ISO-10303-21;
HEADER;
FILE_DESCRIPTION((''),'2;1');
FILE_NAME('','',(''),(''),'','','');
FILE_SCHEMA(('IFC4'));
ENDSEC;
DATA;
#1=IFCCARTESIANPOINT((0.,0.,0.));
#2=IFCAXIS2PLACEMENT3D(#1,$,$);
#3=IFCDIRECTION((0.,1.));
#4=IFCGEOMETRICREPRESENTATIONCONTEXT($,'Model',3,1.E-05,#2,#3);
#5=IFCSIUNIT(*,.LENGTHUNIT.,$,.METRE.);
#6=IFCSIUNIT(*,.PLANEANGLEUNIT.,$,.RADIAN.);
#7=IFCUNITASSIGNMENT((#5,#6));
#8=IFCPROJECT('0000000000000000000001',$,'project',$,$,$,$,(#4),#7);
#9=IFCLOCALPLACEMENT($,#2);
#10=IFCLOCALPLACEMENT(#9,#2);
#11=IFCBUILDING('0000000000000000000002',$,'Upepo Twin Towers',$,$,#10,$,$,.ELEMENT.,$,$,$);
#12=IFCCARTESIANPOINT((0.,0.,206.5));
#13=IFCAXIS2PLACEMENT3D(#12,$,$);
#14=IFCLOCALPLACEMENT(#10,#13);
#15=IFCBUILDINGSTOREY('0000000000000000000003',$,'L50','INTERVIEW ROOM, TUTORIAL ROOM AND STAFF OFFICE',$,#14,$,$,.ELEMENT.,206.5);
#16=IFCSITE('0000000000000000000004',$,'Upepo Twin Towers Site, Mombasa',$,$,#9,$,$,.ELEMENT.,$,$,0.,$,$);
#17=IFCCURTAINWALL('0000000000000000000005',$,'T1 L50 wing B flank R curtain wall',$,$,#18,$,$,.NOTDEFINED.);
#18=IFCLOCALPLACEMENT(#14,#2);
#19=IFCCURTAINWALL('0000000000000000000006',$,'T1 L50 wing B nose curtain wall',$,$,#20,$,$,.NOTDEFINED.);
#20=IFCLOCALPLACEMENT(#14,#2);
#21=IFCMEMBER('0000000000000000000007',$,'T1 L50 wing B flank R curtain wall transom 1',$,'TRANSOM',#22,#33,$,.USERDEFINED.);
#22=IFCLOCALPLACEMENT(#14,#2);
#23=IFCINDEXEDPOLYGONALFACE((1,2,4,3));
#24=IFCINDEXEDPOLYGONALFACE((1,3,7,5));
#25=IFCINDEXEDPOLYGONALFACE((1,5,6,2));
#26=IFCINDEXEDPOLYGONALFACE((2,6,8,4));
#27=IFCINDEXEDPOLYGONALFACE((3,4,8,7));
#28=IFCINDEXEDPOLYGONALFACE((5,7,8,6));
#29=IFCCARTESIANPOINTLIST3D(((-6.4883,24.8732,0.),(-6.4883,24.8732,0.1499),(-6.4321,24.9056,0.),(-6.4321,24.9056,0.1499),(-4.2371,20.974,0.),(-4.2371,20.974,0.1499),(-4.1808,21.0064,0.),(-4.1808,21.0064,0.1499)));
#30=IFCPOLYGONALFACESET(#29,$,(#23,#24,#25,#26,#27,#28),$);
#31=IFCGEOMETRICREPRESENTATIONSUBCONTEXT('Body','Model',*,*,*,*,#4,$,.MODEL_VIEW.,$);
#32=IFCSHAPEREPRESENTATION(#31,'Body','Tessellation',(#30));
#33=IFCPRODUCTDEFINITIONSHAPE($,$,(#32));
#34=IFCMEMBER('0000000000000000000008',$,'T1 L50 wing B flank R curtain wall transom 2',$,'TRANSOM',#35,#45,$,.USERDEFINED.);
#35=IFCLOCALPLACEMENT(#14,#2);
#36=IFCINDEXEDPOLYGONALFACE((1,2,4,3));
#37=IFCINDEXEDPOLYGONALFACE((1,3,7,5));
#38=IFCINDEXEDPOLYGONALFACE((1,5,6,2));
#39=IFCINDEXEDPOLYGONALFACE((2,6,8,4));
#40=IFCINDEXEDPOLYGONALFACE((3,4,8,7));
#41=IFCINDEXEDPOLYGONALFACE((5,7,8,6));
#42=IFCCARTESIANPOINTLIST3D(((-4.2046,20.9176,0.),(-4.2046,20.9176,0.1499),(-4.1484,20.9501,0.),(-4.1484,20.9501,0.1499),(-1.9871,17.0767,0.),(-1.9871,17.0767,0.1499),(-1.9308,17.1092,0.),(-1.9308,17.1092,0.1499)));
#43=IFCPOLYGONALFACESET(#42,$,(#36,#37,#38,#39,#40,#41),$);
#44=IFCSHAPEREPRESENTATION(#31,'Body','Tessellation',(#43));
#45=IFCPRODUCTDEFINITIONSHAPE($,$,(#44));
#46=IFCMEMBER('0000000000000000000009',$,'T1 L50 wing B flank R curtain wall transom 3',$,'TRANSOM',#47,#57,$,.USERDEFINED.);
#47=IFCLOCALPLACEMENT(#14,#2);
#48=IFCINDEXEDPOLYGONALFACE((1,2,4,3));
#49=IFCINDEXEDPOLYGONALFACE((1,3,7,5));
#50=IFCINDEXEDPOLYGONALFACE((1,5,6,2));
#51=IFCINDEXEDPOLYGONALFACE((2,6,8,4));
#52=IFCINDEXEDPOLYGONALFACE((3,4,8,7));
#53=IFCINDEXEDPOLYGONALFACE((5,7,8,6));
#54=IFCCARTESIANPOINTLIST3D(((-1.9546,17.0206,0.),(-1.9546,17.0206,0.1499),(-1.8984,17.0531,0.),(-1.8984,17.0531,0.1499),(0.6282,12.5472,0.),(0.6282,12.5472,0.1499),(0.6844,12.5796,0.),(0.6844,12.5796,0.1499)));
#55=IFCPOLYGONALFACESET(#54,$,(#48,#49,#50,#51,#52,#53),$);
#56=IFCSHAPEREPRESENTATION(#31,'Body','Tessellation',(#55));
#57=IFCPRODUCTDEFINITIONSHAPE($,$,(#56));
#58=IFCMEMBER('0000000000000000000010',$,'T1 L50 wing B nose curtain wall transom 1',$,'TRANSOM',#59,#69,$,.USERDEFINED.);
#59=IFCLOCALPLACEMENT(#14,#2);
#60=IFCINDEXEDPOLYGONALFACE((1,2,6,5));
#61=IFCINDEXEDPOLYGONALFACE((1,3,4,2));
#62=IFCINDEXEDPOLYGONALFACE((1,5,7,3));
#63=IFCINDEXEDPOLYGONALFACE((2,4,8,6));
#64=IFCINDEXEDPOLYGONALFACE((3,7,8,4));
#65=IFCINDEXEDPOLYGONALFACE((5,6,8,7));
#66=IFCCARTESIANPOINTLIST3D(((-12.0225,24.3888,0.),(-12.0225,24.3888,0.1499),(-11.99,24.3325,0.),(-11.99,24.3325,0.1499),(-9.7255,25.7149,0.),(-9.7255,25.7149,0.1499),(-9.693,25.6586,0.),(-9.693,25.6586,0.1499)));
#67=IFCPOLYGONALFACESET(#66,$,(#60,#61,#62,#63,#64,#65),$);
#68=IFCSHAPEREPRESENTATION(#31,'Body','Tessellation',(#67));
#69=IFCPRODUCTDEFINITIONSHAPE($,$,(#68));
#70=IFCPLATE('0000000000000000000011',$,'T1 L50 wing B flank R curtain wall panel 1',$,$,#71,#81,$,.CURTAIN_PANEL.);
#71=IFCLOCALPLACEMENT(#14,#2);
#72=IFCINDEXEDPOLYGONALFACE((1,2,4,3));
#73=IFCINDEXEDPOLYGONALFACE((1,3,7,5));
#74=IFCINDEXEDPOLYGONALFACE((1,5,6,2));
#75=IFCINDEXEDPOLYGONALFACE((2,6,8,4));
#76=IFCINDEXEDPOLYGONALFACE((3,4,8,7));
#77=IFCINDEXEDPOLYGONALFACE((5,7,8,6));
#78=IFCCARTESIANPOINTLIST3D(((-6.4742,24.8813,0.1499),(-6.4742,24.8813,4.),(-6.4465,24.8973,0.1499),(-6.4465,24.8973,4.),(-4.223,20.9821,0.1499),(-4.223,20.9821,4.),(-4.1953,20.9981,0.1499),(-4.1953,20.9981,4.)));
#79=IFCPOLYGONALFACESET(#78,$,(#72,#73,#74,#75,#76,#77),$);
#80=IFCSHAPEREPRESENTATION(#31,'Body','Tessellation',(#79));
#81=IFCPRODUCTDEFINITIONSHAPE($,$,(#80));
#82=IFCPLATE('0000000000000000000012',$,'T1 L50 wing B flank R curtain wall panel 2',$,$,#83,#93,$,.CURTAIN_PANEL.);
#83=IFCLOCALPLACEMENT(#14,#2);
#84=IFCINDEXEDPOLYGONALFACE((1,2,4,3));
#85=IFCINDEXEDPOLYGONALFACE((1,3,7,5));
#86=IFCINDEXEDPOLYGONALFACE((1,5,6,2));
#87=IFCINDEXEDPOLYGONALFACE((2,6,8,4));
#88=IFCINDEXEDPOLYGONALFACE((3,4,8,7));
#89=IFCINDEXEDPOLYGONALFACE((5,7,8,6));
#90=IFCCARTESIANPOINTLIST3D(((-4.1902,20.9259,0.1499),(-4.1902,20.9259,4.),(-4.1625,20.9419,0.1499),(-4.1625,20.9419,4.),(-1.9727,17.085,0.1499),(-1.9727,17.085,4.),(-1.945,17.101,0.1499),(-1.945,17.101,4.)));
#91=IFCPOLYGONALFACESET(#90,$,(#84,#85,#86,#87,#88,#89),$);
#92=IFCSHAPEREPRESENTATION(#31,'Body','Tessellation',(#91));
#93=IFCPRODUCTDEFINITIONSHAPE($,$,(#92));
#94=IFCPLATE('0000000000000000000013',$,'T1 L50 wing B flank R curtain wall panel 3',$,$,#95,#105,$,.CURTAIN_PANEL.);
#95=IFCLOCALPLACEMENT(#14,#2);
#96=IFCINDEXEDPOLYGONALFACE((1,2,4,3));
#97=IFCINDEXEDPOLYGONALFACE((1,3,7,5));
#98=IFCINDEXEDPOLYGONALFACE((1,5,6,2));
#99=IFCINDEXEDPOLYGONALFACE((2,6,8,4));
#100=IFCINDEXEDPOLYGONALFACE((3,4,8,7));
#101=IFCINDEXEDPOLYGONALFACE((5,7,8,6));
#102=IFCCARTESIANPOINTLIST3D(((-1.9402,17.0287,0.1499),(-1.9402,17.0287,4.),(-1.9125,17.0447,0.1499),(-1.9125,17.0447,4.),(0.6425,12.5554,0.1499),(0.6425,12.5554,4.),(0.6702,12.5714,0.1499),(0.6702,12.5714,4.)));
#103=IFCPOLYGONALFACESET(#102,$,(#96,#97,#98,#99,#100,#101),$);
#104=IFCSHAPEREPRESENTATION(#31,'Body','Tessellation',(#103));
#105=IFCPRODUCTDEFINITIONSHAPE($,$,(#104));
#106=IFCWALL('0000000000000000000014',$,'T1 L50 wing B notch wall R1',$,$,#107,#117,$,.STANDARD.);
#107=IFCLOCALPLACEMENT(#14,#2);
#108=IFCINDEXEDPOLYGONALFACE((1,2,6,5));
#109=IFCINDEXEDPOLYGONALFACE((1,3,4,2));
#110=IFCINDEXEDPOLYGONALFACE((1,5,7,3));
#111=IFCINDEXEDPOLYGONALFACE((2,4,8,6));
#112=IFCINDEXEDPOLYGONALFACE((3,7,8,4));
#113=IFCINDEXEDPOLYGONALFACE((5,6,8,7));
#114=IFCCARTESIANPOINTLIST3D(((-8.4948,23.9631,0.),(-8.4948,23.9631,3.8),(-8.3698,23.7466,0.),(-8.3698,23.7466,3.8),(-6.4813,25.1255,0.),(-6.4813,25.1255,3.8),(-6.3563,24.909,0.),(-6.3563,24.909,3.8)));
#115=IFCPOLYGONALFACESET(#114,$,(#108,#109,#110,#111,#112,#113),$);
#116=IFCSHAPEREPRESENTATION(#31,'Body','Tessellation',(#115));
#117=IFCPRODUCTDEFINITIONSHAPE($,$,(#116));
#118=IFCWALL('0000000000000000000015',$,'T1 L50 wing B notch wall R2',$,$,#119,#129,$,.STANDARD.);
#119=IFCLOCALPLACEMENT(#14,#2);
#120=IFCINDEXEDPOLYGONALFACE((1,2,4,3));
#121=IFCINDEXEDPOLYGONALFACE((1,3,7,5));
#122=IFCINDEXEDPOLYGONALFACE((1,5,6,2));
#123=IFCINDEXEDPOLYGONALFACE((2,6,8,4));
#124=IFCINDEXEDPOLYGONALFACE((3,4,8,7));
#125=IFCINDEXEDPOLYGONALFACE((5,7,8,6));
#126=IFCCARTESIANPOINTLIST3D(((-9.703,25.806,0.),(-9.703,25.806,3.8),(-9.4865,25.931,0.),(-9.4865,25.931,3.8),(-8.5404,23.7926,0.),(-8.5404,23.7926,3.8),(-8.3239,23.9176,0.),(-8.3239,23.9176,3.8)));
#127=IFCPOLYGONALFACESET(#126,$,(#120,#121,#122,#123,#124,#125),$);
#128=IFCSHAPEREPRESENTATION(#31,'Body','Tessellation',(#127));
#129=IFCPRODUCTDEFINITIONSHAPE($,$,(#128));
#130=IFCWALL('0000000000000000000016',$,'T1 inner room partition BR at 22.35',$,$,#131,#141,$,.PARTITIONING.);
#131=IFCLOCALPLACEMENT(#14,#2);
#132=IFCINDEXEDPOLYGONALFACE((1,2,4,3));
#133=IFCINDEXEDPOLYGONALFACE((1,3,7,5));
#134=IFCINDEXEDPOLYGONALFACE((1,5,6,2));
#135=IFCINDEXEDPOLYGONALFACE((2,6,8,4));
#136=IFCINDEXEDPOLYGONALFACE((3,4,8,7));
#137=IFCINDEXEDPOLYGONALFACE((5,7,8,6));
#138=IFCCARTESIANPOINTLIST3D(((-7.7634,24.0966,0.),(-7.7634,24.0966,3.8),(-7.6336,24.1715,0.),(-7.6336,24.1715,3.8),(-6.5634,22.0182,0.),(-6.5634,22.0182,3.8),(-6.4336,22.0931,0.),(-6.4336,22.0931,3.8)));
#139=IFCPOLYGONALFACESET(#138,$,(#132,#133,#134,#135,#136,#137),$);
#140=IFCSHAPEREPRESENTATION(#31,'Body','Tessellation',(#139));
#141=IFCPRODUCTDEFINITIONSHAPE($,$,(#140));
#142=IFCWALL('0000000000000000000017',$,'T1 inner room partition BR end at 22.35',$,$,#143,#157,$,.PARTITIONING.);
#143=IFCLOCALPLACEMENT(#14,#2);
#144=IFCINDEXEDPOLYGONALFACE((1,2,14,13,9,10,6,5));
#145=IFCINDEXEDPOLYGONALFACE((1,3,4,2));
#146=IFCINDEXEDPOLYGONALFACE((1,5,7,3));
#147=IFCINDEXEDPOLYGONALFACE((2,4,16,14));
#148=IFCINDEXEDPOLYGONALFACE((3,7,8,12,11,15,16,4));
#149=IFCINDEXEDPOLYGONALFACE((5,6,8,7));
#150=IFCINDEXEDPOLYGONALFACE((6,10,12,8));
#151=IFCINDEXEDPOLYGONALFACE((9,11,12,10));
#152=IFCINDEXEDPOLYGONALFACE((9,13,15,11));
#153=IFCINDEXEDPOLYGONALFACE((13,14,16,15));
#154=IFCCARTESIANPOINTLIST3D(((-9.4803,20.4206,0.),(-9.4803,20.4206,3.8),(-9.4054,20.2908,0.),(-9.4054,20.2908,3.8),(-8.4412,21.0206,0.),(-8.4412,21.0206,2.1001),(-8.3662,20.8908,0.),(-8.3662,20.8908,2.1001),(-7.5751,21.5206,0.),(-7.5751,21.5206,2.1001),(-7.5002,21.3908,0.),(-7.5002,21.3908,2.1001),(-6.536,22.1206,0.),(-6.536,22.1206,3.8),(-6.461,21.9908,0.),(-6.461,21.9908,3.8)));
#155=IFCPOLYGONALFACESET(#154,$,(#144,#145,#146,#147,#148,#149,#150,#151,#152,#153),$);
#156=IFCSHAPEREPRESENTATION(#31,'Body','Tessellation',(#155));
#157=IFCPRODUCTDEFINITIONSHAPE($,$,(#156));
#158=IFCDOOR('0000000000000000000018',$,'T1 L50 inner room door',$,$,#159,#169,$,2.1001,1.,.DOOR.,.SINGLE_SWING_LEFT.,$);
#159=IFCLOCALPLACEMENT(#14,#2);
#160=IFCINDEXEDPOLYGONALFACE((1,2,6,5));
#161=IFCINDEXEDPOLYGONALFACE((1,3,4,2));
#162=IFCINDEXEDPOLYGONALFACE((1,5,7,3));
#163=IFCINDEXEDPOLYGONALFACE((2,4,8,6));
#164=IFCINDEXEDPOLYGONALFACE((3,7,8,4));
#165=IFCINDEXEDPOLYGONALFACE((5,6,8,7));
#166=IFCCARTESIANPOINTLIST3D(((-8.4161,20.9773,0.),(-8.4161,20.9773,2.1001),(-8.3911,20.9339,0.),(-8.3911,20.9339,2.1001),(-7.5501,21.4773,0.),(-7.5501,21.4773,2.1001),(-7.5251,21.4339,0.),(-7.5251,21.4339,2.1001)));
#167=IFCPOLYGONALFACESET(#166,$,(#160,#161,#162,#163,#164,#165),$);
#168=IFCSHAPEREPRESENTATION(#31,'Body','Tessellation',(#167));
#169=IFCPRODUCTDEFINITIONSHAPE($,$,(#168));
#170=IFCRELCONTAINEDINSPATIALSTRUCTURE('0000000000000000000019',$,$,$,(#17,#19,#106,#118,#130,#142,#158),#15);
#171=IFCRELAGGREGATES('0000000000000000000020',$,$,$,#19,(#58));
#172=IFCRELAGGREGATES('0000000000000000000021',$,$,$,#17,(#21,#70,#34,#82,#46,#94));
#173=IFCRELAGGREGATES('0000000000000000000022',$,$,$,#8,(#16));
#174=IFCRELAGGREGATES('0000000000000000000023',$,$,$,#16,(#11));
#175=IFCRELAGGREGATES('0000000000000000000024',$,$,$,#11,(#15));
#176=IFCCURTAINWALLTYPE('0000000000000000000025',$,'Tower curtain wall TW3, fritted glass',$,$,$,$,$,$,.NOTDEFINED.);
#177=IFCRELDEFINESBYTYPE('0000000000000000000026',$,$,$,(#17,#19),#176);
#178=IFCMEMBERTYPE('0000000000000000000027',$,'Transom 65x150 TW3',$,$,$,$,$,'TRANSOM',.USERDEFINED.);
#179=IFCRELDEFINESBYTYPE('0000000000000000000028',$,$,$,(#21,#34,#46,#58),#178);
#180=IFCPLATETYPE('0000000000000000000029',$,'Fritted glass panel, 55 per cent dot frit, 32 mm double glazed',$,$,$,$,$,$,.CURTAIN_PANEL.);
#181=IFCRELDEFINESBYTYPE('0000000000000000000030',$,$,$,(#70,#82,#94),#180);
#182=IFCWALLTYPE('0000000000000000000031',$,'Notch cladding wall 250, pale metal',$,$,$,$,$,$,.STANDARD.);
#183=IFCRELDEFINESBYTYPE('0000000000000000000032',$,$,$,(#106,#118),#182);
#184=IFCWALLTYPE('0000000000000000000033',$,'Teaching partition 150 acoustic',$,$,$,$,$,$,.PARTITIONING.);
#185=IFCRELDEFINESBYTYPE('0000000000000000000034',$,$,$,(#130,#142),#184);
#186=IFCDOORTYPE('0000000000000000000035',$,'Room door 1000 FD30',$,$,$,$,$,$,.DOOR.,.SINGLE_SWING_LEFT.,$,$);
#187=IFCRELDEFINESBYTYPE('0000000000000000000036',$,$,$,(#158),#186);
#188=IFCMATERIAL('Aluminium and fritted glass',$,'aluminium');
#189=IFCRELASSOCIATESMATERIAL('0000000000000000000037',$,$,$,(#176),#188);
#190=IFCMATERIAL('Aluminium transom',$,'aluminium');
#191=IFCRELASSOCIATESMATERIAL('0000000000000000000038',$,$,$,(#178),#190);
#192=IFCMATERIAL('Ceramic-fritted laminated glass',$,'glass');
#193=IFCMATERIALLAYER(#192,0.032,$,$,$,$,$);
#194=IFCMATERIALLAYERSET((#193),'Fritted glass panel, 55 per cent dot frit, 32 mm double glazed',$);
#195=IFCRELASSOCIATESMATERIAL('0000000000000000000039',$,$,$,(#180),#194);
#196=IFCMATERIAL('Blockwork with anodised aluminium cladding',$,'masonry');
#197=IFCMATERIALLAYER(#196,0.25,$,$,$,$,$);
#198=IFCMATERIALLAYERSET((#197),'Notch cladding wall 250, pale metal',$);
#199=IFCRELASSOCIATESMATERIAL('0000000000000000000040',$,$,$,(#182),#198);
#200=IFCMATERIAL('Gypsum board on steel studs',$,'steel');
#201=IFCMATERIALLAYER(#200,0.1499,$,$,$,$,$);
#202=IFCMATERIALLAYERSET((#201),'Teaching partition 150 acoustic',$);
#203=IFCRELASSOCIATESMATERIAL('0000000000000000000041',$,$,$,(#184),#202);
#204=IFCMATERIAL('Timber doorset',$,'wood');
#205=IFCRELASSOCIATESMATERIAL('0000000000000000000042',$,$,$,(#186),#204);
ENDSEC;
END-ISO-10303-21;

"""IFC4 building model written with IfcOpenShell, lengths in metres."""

from ifc_helpers import new_model, si_unit, direction, frame, frame_2d, origin, origin_2d, place, context, subcontext, project, spatial, rectangle, extrude, material, layer, layer_set, material_profile, profile_set, type_object, element, fill, aggregate, save


model = new_model("IFC4")

# Units and contexts
model_context = context("Model", 3, precision=1e-05, world=origin(), true_north=direction((0.0, 1.0)))
body_context = subcontext(model_context, "Body", "Model", "MODEL_VIEW")
ifc_project = project(units=[si_unit("LENGTHUNIT", "METRE"), si_unit("PLANEANGLEUNIT", "RADIAN")], contexts=[model_context])

# Site, building, storey
site_placement = place(None, origin())
site = spatial("IfcSite", under=ifc_project, at=site_placement, Name="Upepo Twin Towers Site, Mombasa", CompositionType="ELEMENT", RefElevation=0.0)
building_placement = place(site_placement, origin())
building = spatial("IfcBuilding", under=site, at=building_placement, Name="Upepo Twin Towers", CompositionType="ELEMENT")
storey_placement = place(building_placement, frame((0.0, 0.0, 206.5)))
storey = spatial("IfcBuildingStorey", under=building, at=storey_placement, Name="L50", Description="INTERVIEW ROOM, TUTORIAL ROOM AND STAFF OFFICE", CompositionType="ELEMENT", Elevation=206.5)

# Curtain wall
ifc_material_1 = material(Name="Aluminium and fritted glass", Category="aluminium")
curtain_wall_type = type_object("IfcCurtainWallType", Name="Tower curtain wall TW3, fritted glass", PredefinedType="NOTDEFINED", material=ifc_material_1)
curtain_wall_1_placement = place(storey_placement, origin())
curtain_wall_1 = element("IfcCurtainWall", 1, at=curtain_wall_1_placement, inside=storey, type_object=curtain_wall_type, Name="T1 L50 wing B flank R curtain wall", PredefinedType="NOTDEFINED")

# Curtain wall
curtain_wall_2_placement = place(storey_placement, origin())
curtain_wall_2 = element("IfcCurtainWall", 2, at=curtain_wall_2_placement, inside=storey, type_object=curtain_wall_type, Name="T1 L50 wing B nose curtain wall", PredefinedType="NOTDEFINED")

# Members
ifc_material_2 = material(Name="Aluminium transom", Category="aluminium")
ifc_material_profile_1 = material_profile(ifc_material_2, rectangle(XDim=0.0649, YDim=0.1499, at=origin_2d()), Name="TRANSOM 65x150")
ifc_profile_set_1 = profile_set([ifc_material_profile_1], Name="Aluminium transom")
member_type_1 = type_object("IfcMemberType", Name="Transom 65x150 TW3", ElementType="TRANSOM", PredefinedType="USERDEFINED", material=ifc_profile_set_1)
member_1_placement = place(storey_placement, frame((-6.4602, 24.8894, 0.075), z_axis=(0.500006, -0.866022, 0.0), x_axis=(0.866022, 0.500006, 0.0)))
member_1 = element("IfcMember", 3, at=member_1_placement, type_object=member_type_1, Name="T1 L50 wing B flank R curtain wall transom 1", ObjectType="TRANSOM", PredefinedType="USERDEFINED", context=body_context, shape_type="SweptSolid", body=[
    extrude(rectangle(XDim=0.0649, YDim=0.1499, at=origin_2d()), origin(), (0.0, 0.0, 1.0), 4.5024),
])
member_2_placement = place(storey_placement, frame((-4.1765, 20.9338, 0.075), z_axis=(0.500005, -0.866022, 0.0), x_axis=(0.866022, 0.500005, 0.0)))
member_2 = element("IfcMember", 4, at=member_2_placement, type_object=member_type_1, Name="T1 L50 wing B flank R curtain wall transom 2", ObjectType="TRANSOM", PredefinedType="USERDEFINED", context=body_context, shape_type="SweptSolid", body=[
    extrude(rectangle(XDim=0.0649, YDim=0.1499, at=origin_2d()), origin(), (0.0, 0.0, 1.0), 4.4351),
])
member_3_placement = place(storey_placement, frame((-1.9265, 17.0369, 0.075), z_axis=(0.500007, -0.866021, 0.0), x_axis=(0.866021, 0.500007, 0.0)))
member_3 = element("IfcMember", 5, at=member_3_placement, type_object=member_type_1, Name="T1 L50 wing B flank R curtain wall transom 3", ObjectType="TRANSOM", PredefinedType="USERDEFINED", context=body_context, shape_type="SweptSolid", body=[
    extrude(rectangle(XDim=0.0649, YDim=0.1499, at=origin_2d()), origin(), (0.0, 0.0, 1.0), 5.1655),
])
member_4_placement = place(storey_placement, frame((-9.7092, 25.6868, 0.075), z_axis=(-0.866037, -0.49998, 0.0), x_axis=(0.49998, -0.866037, 0.0)))
member_4 = element("IfcMember", 6, at=member_4_placement, type_object=member_type_1, Name="T1 L50 wing B nose curtain wall transom 1", ObjectType="TRANSOM", PredefinedType="USERDEFINED", context=body_context, shape_type="SweptSolid", body=[
    extrude(rectangle(XDim=0.0649, YDim=0.1499, at=origin_2d()), origin(), (0.0, 0.0, 1.0), 2.6523),
])
aggregate(curtain_wall_2, [member_4])

# Plates
ifc_material_3 = material(Name="Ceramic-fritted laminated glass", Category="glass")
ifc_layer_1 = layer(ifc_material_3, 0.032)
ifc_layer_set_1 = layer_set([ifc_layer_1], Name="Fritted glass panel, 55 per cent dot frit, 32 mm double glazed")
plate_type = type_object("IfcPlateType", Name="Fritted glass panel, 55 per cent dot frit, 32 mm double glazed", PredefinedType="CURTAIN_PANEL", material=ifc_layer_set_1)
plate_1_placement = place(storey_placement, frame((-5.3347, 22.9397, 0.1499), z_axis=(0.0, 0.0, 1.0), x_axis=(0.5, -0.866025, 0.0)))
plate_1 = element("IfcPlate", 7, at=plate_1_placement, type_object=plate_type, Name="T1 L50 wing B flank R curtain wall panel 1", PredefinedType="CURTAIN_PANEL", context=body_context, shape_type="SweptSolid", body=[
    extrude(rectangle(XDim=4.5024, YDim=0.032, at=origin_2d()), origin(), (0.0, 0.0, 1.0), 3.8501),
])
plate_2_placement = place(storey_placement, frame((-3.0676, 19.0134, 0.1499), z_axis=(0.0, 0.0, 1.0), x_axis=(0.5, -0.866025, 0.0)))
plate_2 = element("IfcPlate", 8, at=plate_2_placement, type_object=plate_type, Name="T1 L50 wing B flank R curtain wall panel 2", PredefinedType="CURTAIN_PANEL", context=body_context, shape_type="SweptSolid", body=[
    extrude(rectangle(XDim=4.4351, YDim=0.032, at=origin_2d()), origin(), (0.0, 0.0, 1.0), 3.8501),
])
plate_3_placement = place(storey_placement, frame((-0.635, 14.8, 0.1499), z_axis=(0.0, 0.0, 1.0), x_axis=(0.5, -0.866025, 0.0)))
plate_3 = element("IfcPlate", 9, at=plate_3_placement, type_object=plate_type, Name="T1 L50 wing B flank R curtain wall panel 3", PredefinedType="CURTAIN_PANEL", context=body_context, shape_type="SweptSolid", body=[
    extrude(rectangle(XDim=5.1653, YDim=0.032, at=origin_2d()), origin(), (0.0, 0.0, 1.0), 3.8501),
])
aggregate(curtain_wall_1, [member_1, plate_1, member_2, plate_2, member_3, plate_3])

# Walls
ifc_material_4 = material(Name="Blockwork with anodised aluminium cladding", Category="masonry")
ifc_layer_2 = layer(ifc_material_4, 0.25)
ifc_layer_set_2 = layer_set([ifc_layer_2], Name="Notch cladding wall 250, pale metal")
wall_type_1 = type_object("IfcWallType", Name="Notch cladding wall 250, pale metal", PredefinedType="STANDARD", material=ifc_layer_set_2)
for number, where, z_axis, x_axis, name in (
    (10, (-6.4187, 25.0173, 0.0), (0.0, 0.0, 1.0), (-0.866044, -0.499968, 0.0), "T1 L50 wing B notch wall R1"),
    (11, (-8.4321, 23.855, 0.0), (0.0, 0.0, 1.0), (-0.500047, 0.865998, 0.0), "T1 L50 wing B notch wall R2"),
):
    element("IfcWall", number, at=place(storey_placement, frame(where, z_axis=z_axis, x_axis=x_axis)), inside=storey, type_object=wall_type_1, Name=name, PredefinedType="STANDARD", context=body_context, shape_type="SweptSolid", body=[
        extrude(rectangle(XDim=2.325, YDim=0.25, at=frame_2d((1.1626, 0.0))), origin(), (0.0, 0.0, 1.0), 3.8),
    ])
ifc_material_5 = material(Name="Gypsum board on steel studs", Category="steel")
ifc_layer_3 = layer(ifc_material_5, 0.1499)
ifc_layer_set_3 = layer_set([ifc_layer_3], Name="Teaching partition 150 acoustic")
wall_type_2 = type_object("IfcWallType", Name="Teaching partition 150 acoustic", PredefinedType="PARTITIONING", material=ifc_layer_set_3)
wall_1_placement = place(storey_placement, frame((-6.4985, 22.0557, 0.0), z_axis=(0.0, 0.0, 1.0), x_axis=(-0.500001, 0.866025, 0.0)))
element("IfcWall", 12, at=wall_1_placement, inside=storey, type_object=wall_type_2, Name="T1 inner room partition BR at 22.35", PredefinedType="PARTITIONING", context=body_context, shape_type="SweptSolid", body=[
    extrude(rectangle(XDim=2.3999, YDim=0.1499, at=frame_2d((1.2, 0.0))), origin(), (0.0, 0.0, 1.0), 3.8),
])

# Wall, opening, door
wall_2_placement = place(storey_placement, frame((-9.4429, 20.3557, 0.0), z_axis=(0.0, 0.0, 1.0), x_axis=(0.866021, 0.500008, 0.0)))
wall_2 = element("IfcWall", 13, at=wall_2_placement, inside=storey, type_object=wall_type_2, Name="T1 inner room partition BR end at 22.35", PredefinedType="PARTITIONING", context=body_context, shape_type="SweptSolid", body=[
    extrude(rectangle(XDim=3.3999, YDim=0.1499, at=frame_2d((1.7, 0.0))), origin(), (0.0, 0.0, 1.0), 3.8),
])
opening_1_placement = place(wall_2_placement, frame((1.2, 0.0, 0.0)))
opening_1 = element("IfcOpeningElement", 14, at=opening_1_placement, cuts=wall_2, PredefinedType="OPENING", context=body_context, shape_type="SweptSolid", body=[
    extrude(rectangle(XDim=1.0, YDim=2.1001, at=frame_2d((0.5, 1.05))), frame((0.0, 0.085, 0.0), z_axis=(0.0, -1.0, 0.0), x_axis=(1.0, 0.0, 0.0)), (0.0, 0.0, 1.0), 0.1699),
])
ifc_material_6 = material(Name="Timber doorset", Category="wood")
door_type = type_object("IfcDoorType", Name="Room door 1000 FD30", OperationType="SINGLE_SWING_LEFT", PredefinedType="DOOR", material=ifc_material_6)
door_1_placement = place(opening_1_placement, origin())
door_1 = element("IfcDoor", 15, at=door_1_placement, inside=storey, type_object=door_type, Name="T1 L50 inner room door", OperationType="SINGLE_SWING_LEFT", OverallHeight=2.1001, OverallWidth=1.0, PredefinedType="DOOR", context=body_context, shape_type="SweptSolid", body=[
    extrude(rectangle(XDim=1.0, YDim=2.1001, at=frame_2d((0.5, 1.05))), frame((0.0, 0.0249, 0.0), z_axis=(0.0, -1.0, 0.0), x_axis=(1.0, 0.0, 0.0)), (0.0, 0.0, 1.0), 0.05),
])
fill(opening_1, door_1)

save(model, "model.ifc")
